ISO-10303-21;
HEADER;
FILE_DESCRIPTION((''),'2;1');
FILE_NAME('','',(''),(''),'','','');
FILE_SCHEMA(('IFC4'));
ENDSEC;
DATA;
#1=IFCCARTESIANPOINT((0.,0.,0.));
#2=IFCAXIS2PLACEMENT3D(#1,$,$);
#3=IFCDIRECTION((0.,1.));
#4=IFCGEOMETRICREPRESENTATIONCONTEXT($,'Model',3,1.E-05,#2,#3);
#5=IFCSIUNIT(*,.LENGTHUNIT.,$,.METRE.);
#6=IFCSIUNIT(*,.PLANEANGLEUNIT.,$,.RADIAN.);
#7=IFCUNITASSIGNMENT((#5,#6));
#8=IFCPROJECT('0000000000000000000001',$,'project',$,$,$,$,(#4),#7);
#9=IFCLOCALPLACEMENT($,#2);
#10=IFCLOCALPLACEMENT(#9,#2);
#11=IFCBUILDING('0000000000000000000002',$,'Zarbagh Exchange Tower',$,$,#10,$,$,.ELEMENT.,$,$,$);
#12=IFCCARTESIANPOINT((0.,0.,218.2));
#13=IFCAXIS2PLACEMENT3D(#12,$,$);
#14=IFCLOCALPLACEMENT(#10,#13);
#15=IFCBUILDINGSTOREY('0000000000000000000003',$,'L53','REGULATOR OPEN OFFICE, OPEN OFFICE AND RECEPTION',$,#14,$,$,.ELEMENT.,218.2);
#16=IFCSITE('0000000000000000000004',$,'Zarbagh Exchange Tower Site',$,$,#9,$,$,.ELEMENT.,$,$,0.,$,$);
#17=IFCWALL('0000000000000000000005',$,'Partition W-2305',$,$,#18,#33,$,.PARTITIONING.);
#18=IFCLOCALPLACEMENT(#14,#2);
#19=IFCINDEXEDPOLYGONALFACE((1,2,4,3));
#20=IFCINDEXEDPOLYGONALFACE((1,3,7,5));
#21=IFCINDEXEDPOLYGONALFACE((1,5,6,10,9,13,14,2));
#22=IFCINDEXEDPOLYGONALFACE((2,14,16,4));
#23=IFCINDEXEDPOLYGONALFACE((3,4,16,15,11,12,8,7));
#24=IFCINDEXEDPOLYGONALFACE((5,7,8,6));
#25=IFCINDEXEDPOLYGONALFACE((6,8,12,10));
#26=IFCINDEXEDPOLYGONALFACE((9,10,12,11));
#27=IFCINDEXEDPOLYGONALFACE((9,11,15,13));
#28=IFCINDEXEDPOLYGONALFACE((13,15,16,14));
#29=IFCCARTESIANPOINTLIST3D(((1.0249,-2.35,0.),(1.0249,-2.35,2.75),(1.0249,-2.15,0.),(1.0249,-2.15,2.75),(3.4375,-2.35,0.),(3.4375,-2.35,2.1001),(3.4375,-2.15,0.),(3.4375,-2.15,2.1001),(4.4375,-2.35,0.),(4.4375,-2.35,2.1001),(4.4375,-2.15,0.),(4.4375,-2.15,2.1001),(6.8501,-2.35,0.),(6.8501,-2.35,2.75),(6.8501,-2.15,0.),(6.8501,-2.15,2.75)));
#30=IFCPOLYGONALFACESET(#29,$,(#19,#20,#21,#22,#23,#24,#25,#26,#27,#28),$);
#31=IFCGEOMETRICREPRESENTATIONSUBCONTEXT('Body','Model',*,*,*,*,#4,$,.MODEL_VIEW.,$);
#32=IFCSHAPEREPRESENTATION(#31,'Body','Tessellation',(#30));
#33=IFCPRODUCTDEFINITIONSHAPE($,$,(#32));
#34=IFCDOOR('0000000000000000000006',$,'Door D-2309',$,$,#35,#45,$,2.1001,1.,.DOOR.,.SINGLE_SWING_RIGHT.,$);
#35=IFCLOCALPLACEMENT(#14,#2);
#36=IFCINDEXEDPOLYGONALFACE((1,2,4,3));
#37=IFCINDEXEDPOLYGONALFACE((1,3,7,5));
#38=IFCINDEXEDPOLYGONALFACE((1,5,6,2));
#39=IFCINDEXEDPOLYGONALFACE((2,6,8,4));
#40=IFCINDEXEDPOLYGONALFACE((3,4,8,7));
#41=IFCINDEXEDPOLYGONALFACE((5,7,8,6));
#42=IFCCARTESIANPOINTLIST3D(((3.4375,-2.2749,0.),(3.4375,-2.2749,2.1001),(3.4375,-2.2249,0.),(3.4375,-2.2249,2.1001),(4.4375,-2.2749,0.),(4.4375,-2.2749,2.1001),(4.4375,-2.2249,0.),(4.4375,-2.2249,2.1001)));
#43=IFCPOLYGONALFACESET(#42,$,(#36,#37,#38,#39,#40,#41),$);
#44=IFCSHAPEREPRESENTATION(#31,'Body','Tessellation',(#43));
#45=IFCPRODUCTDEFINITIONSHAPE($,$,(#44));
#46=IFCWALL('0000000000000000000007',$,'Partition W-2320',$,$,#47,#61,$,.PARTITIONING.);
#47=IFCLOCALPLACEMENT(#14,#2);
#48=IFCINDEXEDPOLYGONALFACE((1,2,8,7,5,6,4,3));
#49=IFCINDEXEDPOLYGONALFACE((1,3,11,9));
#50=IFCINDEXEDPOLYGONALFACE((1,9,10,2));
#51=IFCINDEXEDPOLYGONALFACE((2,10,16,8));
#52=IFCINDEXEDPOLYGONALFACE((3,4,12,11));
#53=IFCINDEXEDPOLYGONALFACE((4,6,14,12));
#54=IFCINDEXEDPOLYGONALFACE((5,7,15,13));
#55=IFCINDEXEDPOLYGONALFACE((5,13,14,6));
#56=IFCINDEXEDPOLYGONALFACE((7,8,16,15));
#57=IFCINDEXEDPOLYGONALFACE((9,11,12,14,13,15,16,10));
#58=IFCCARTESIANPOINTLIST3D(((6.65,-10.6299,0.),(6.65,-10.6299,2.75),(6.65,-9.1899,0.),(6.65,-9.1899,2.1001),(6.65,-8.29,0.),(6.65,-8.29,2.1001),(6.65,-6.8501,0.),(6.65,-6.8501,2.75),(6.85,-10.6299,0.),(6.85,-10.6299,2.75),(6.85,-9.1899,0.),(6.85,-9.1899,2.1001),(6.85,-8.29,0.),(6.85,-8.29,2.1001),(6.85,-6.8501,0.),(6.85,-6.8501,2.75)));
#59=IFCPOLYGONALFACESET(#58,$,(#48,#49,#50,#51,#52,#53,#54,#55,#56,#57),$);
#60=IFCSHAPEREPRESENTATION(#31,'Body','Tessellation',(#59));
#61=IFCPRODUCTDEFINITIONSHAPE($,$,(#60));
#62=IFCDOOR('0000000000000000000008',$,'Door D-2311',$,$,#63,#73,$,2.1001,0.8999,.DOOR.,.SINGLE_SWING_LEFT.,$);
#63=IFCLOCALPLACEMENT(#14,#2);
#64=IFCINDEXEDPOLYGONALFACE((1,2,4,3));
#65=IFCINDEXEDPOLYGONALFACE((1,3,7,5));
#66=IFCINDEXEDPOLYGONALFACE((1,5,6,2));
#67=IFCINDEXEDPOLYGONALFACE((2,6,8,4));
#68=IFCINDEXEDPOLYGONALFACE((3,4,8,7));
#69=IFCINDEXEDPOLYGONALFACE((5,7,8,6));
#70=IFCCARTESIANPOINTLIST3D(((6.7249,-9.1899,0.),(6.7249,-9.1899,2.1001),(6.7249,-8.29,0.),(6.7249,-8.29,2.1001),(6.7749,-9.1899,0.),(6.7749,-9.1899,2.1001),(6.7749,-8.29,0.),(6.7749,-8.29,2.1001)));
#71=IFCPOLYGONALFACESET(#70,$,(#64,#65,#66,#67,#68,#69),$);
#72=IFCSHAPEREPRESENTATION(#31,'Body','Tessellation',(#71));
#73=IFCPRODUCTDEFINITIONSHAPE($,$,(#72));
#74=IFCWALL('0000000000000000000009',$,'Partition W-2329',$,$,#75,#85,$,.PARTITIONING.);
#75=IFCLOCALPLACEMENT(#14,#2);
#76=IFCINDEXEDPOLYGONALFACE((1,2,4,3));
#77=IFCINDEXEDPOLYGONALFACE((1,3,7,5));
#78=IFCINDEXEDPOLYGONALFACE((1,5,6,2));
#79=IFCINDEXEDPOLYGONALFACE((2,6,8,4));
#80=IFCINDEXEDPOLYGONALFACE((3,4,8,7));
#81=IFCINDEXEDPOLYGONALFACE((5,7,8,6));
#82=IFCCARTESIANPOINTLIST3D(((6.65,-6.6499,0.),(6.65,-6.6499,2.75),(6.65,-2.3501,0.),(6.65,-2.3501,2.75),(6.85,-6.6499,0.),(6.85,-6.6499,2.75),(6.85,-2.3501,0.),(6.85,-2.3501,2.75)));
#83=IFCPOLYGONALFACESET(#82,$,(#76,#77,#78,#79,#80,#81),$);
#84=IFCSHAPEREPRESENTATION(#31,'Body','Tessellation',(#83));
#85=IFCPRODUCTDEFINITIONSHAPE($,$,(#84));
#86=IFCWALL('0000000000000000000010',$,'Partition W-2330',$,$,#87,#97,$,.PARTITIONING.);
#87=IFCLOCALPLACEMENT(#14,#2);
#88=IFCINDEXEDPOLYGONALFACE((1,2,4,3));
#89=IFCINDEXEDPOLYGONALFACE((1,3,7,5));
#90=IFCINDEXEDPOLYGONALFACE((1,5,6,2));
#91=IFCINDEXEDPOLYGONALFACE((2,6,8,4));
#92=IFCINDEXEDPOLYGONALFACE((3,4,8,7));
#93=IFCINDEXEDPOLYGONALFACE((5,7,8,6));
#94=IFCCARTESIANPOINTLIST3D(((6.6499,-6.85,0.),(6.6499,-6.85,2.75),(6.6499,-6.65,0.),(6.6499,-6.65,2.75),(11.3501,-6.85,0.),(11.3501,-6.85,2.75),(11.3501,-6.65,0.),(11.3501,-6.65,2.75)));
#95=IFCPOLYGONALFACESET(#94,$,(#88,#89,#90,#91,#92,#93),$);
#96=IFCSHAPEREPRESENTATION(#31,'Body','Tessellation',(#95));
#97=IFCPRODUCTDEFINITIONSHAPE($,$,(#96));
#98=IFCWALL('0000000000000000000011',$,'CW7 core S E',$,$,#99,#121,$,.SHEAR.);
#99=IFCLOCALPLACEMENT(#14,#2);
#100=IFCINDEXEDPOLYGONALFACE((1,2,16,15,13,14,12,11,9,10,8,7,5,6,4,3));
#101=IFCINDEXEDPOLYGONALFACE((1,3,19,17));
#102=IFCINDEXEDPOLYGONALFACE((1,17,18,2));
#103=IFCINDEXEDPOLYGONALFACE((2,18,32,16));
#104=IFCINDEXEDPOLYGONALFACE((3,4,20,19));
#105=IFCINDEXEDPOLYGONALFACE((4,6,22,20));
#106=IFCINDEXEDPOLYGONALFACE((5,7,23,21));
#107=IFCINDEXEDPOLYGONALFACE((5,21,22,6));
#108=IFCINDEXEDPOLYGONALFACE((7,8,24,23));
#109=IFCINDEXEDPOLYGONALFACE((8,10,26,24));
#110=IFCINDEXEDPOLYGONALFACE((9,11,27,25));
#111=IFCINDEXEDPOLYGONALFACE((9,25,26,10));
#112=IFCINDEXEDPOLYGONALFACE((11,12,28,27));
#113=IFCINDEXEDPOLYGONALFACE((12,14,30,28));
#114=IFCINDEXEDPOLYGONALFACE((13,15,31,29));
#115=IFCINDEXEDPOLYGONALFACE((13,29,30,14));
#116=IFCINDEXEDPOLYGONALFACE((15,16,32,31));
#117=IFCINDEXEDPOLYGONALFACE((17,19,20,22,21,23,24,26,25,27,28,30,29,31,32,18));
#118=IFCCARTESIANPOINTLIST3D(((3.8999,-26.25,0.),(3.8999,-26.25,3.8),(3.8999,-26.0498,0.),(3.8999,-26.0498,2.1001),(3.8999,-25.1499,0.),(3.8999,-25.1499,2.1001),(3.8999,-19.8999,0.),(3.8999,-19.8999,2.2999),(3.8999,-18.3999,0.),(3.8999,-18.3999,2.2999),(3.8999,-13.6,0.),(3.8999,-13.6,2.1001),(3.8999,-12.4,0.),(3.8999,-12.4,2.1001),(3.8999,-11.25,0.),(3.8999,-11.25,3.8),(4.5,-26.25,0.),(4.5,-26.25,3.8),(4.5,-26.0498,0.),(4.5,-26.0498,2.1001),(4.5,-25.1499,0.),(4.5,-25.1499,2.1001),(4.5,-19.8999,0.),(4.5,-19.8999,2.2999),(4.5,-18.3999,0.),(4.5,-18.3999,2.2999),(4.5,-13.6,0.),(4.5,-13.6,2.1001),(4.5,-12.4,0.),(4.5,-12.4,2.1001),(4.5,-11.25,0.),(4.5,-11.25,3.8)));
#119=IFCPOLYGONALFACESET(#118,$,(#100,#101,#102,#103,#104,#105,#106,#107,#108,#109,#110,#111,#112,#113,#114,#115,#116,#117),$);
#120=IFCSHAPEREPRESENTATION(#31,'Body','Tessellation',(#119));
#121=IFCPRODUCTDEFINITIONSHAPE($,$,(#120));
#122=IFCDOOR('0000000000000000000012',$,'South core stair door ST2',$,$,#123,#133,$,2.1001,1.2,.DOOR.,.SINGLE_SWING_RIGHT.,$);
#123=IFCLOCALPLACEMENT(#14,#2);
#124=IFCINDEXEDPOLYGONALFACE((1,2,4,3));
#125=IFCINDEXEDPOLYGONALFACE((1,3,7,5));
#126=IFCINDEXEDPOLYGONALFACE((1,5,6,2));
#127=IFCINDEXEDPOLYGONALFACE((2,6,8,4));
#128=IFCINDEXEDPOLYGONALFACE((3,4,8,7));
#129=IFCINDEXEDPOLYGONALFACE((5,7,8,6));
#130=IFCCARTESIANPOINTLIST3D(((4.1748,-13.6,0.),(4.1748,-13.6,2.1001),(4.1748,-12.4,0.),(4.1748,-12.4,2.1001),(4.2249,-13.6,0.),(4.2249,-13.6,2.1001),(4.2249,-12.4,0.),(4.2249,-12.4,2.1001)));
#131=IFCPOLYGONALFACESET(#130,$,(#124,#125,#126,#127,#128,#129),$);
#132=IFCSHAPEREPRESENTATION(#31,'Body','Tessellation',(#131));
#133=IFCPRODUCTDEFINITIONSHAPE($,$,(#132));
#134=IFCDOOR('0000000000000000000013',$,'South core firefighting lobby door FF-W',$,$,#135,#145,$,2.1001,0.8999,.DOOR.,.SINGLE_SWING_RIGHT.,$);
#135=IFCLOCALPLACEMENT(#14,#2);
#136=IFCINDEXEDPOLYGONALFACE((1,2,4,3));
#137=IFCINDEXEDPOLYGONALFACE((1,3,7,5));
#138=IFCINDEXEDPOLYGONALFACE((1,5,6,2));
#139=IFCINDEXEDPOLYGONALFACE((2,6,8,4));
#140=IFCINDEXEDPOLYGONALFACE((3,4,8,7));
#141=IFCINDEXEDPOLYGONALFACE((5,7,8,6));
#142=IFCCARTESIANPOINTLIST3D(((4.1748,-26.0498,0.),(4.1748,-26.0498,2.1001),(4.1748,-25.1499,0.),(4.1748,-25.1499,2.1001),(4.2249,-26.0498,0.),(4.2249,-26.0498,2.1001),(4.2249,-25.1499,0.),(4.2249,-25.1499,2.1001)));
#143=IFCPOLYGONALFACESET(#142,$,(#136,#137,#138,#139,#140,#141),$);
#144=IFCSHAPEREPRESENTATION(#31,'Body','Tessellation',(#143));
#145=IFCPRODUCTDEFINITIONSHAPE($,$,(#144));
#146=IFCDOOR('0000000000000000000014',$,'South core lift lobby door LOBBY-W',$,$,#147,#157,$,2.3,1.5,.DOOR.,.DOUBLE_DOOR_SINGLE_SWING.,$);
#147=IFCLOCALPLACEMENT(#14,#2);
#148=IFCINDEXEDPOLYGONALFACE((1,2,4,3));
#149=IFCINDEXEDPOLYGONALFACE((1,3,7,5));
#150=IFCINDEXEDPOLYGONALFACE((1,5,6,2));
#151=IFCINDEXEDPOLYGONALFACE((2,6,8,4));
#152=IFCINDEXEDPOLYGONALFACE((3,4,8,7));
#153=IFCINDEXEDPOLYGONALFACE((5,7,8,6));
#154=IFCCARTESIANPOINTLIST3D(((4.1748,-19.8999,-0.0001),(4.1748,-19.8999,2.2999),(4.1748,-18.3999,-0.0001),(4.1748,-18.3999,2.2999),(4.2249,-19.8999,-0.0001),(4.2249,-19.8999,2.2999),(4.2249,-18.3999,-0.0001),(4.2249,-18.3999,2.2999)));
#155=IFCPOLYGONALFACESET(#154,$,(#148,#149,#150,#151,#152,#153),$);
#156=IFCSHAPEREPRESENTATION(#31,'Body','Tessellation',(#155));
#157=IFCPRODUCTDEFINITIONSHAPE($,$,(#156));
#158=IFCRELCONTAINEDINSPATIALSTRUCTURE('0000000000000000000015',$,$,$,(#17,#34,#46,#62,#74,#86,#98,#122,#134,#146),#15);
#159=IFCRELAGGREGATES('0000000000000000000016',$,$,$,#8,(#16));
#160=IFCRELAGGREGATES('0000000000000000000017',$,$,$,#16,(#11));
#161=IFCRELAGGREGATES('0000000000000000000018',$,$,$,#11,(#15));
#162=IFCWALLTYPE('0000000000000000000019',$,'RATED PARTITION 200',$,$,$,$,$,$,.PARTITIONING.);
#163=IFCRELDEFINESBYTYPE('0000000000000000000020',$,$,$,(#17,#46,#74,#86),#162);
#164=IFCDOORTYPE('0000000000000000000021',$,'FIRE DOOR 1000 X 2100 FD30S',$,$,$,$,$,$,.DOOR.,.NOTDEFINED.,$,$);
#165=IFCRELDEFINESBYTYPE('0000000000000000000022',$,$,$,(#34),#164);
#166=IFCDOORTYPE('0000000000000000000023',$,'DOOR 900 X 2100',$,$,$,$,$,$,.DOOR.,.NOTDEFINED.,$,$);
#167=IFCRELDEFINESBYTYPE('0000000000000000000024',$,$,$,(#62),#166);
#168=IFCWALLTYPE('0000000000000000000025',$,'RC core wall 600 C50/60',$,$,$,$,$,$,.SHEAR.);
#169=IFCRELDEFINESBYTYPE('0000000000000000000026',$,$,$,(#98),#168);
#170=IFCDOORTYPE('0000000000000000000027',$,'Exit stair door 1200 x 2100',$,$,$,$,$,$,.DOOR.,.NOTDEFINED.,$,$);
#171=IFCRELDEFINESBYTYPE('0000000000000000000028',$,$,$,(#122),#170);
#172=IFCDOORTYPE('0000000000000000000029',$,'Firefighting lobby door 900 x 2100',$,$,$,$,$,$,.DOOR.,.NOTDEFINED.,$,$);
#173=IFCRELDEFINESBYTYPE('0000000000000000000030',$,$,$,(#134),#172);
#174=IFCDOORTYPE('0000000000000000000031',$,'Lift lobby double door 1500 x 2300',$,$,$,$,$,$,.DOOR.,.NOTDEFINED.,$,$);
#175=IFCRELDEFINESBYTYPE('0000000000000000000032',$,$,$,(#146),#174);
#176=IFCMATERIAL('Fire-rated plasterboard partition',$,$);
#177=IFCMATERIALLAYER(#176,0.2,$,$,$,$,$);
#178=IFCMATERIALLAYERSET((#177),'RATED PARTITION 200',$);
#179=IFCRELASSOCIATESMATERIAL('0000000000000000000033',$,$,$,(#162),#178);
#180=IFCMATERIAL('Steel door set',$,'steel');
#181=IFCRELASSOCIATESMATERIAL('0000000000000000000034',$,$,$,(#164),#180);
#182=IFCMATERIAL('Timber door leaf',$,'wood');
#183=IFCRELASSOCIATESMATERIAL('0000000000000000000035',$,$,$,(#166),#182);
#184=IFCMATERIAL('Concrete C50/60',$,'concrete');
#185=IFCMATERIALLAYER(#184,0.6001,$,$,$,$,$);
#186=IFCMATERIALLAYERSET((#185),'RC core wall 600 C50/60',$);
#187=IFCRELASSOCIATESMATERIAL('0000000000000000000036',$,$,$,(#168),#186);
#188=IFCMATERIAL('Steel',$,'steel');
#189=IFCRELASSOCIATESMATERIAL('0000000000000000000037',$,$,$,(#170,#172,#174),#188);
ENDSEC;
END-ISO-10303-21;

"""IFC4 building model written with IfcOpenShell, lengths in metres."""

from ifc_helpers import new_model, si_unit, direction, frame, frame_2d, origin, place, context, subcontext, project, spatial, rectangle, extrude, material, layer, layer_set, type_object, element, fill, save


model = new_model("IFC4")

# Units and contexts
model_context = context("Model", 3, precision=1e-05, world=origin(), true_north=direction((0.0, 1.0)))
body_context = subcontext(model_context, "Body", "Model", "MODEL_VIEW")
ifc_project = project(units=[si_unit("LENGTHUNIT", "METRE"), si_unit("PLANEANGLEUNIT", "RADIAN")], contexts=[model_context])

# Site, building, storey
site_placement = place(None, origin())
site = spatial("IfcSite", under=ifc_project, at=site_placement, Name="Zarbagh Exchange Tower Site", CompositionType="ELEMENT", RefElevation=0.0)
building_placement = place(site_placement, origin())
building = spatial("IfcBuilding", under=site, at=building_placement, Name="Zarbagh Exchange Tower", CompositionType="ELEMENT")
storey_placement = place(building_placement, frame((0.0, 0.0, 218.2)))
storey = spatial("IfcBuildingStorey", under=building, at=storey_placement, Name="L53", Description="REGULATOR OPEN OFFICE, OPEN OFFICE AND RECEPTION", CompositionType="ELEMENT", Elevation=218.2)

# Shared definitions
ifc_material_1 = material(Name="Concrete C50/60", Category="concrete")

# Walls, openings, doors
ifc_material_2 = material(Name="Fire-rated plasterboard partition")
ifc_layer_1 = layer(ifc_material_2, 0.2)
ifc_layer_set_1 = layer_set([ifc_layer_1], Name="RATED PARTITION 200")
wall_type_1 = type_object("IfcWallType", Name="RATED PARTITION 200", PredefinedType="PARTITIONING", material=ifc_layer_set_1)
wall_1_placement = place(storey_placement, frame((6.8501, -2.25, 0.0), z_axis=(0.0, 0.0, 1.0), x_axis=(-1.0, 0.0, 0.0)))
wall_1 = element("IfcWall", 1, at=wall_1_placement, inside=storey, type_object=wall_type_1, Name="Partition W-2305", PredefinedType="PARTITIONING", context=body_context, shape_type="SweptSolid", body=[
    extrude(rectangle(XDim=5.8252, YDim=0.2, at=frame_2d((2.9126, 0.0))), origin(), (0.0, 0.0, 1.0), 2.75),
])
opening_1_placement = place(wall_1_placement, frame((2.4126, 0.0, 0.0)))
opening_1 = element("IfcOpeningElement", 2, at=opening_1_placement, cuts=wall_1, PredefinedType="OPENING", context=body_context, shape_type="SweptSolid", body=[
    extrude(rectangle(XDim=1.0, YDim=2.1001, at=frame_2d((0.5, 1.05))), frame((0.0, 0.1099, 0.0), z_axis=(0.0, -1.0, 0.0), x_axis=(1.0, 0.0, 0.0)), (0.0, 0.0, 1.0), 0.22),
])
ifc_material_3 = material(Name="Steel door set", Category="steel")
door_type_1 = type_object("IfcDoorType", Name="FIRE DOOR 1000 X 2100 FD30S", OperationType="NOTDEFINED", PredefinedType="DOOR", material=ifc_material_3)
door_1_placement = place(opening_1_placement, origin())
door_1 = element("IfcDoor", 3, at=door_1_placement, inside=storey, type_object=door_type_1, Name="Door D-2309", OperationType="SINGLE_SWING_RIGHT", OverallHeight=2.1001, OverallWidth=1.0, PredefinedType="DOOR", context=body_context, shape_type="SweptSolid", body=[
    extrude(rectangle(XDim=1.0, YDim=2.1001, at=frame_2d((0.5, 1.05))), frame((0.0, 0.0249, 0.0), z_axis=(0.0, -1.0, 0.0), x_axis=(1.0, 0.0, 0.0)), (0.0, 0.0, 1.0), 0.05),
])
fill(opening_1, door_1)
wall_2_placement = place(storey_placement, frame((6.75, -6.8501, 0.0), z_axis=(0.0, 0.0, 1.0), x_axis=(0.0, -1.0, 0.0)))
wall_2 = element("IfcWall", 4, at=wall_2_placement, inside=storey, type_object=wall_type_1, Name="Partition W-2320", PredefinedType="PARTITIONING", context=body_context, shape_type="SweptSolid", body=[
    extrude(rectangle(XDim=3.7798, YDim=0.2, at=frame_2d((1.8899, 0.0))), origin(), (0.0, 0.0, 1.0), 2.75),
])
opening_2_placement = place(wall_2_placement, frame((1.4399, 0.0, 0.0)))
opening_2 = element("IfcOpeningElement", 5, at=opening_2_placement, cuts=wall_2, PredefinedType="OPENING", context=body_context, shape_type="SweptSolid", body=[
    extrude(rectangle(XDim=0.8999, YDim=2.1001, at=frame_2d((0.45, 1.05))), frame((0.0, 0.1099, 0.0), z_axis=(0.0, -1.0, 0.0), x_axis=(1.0, 0.0, 0.0)), (0.0, 0.0, 1.0), 0.22),
])
ifc_material_4 = material(Name="Timber door leaf", Category="wood")
door_type_2 = type_object("IfcDoorType", Name="DOOR 900 X 2100", OperationType="NOTDEFINED", PredefinedType="DOOR", material=ifc_material_4)
door_2_placement = place(opening_2_placement, origin())
door_2 = element("IfcDoor", 6, at=door_2_placement, inside=storey, type_object=door_type_2, Name="Door D-2311", OperationType="SINGLE_SWING_LEFT", OverallHeight=2.1001, OverallWidth=0.8999, PredefinedType="DOOR", context=body_context, shape_type="SweptSolid", body=[
    extrude(rectangle(XDim=0.8999, YDim=2.1001, at=frame_2d((0.45, 1.05))), frame((0.0, 0.0249, 0.0), z_axis=(0.0, -1.0, 0.0), x_axis=(1.0, 0.0, 0.0)), (0.0, 0.0, 1.0), 0.05),
])
fill(opening_2, door_2)

# Walls
wall_3_placement = place(storey_placement, frame((6.75, -6.6499, 0.0), z_axis=(0.0, 0.0, 1.0), x_axis=(0.0, 1.0, 0.0)))
element("IfcWall", 7, at=wall_3_placement, inside=storey, type_object=wall_type_1, Name="Partition W-2329", PredefinedType="PARTITIONING", context=body_context, shape_type="SweptSolid", body=[
    extrude(rectangle(XDim=4.2998, YDim=0.2, at=frame_2d((2.1499, 0.0))), origin(), (0.0, 0.0, 1.0), 2.75),
])
wall_4_placement = place(storey_placement, frame((6.6499, -6.75, 0.0), z_axis=(0.0, 0.0, 1.0), x_axis=(1.0, 0.0, 0.0)))
element("IfcWall", 8, at=wall_4_placement, inside=storey, type_object=wall_type_1, Name="Partition W-2330", PredefinedType="PARTITIONING", context=body_context, shape_type="SweptSolid", body=[
    extrude(rectangle(XDim=4.7002, YDim=0.2, at=frame_2d((2.3501, 0.0))), origin(), (0.0, 0.0, 1.0), 2.75),
])

# Wall, openings, doors
ifc_layer_2 = layer(ifc_material_1, 0.6001)
ifc_layer_set_2 = layer_set([ifc_layer_2], Name="RC core wall 600 C50/60")
wall_type_2 = type_object("IfcWallType", Name="RC core wall 600 C50/60", PredefinedType="SHEAR", material=ifc_layer_set_2)
wall_5_placement = place(storey_placement, frame((4.2, -11.25, 0.0), z_axis=(0.0, 0.0, 1.0), x_axis=(0.0, -1.0, 0.0)))
wall_5 = element("IfcWall", 9, at=wall_5_placement, inside=storey, type_object=wall_type_2, Name="CW7 core S E", PredefinedType="SHEAR", context=body_context, shape_type="SweptSolid", body=[
    extrude(rectangle(XDim=15.0, YDim=0.6001, at=frame_2d((7.5, 0.0))), origin(), (0.0, 0.0, 1.0), 3.8),
])
opening_3_placement = place(wall_5_placement, frame((7.1499, 0.0, 0.0)))
opening_3 = element("IfcOpeningElement", 10, at=opening_3_placement, cuts=wall_5, PredefinedType="OPENING", context=body_context, shape_type="SweptSolid", body=[
    extrude(rectangle(XDim=1.5, YDim=2.3, at=frame_2d((0.75, 1.1499))), frame((0.0, 0.3101, 0.0), z_axis=(0.0, -1.0, 0.0), x_axis=(1.0, 0.0, 0.0)), (0.0, 0.0, 1.0), 0.6201),
])
opening_4_placement = place(wall_5_placement, frame((13.8999, 0.0, 0.0)))
opening_4 = element("IfcOpeningElement", 11, at=opening_4_placement, cuts=wall_5, PredefinedType="OPENING", context=body_context, shape_type="SweptSolid", body=[
    extrude(rectangle(XDim=0.8999, YDim=2.1001, at=frame_2d((0.45, 1.05))), frame((0.0, 0.3101, 0.0), z_axis=(0.0, -1.0, 0.0), x_axis=(1.0, 0.0, 0.0)), (0.0, 0.0, 1.0), 0.6201),
])
opening_5_placement = place(wall_5_placement, frame((1.1499, 0.0, 0.0)))
opening_5 = element("IfcOpeningElement", 12, at=opening_5_placement, cuts=wall_5, PredefinedType="OPENING", context=body_context, shape_type="SweptSolid", body=[
    extrude(rectangle(XDim=1.2, YDim=2.1001, at=frame_2d((0.6001, 1.05))), frame((0.0, 0.3101, 0.0), z_axis=(0.0, -1.0, 0.0), x_axis=(1.0, 0.0, 0.0)), (0.0, 0.0, 1.0), 0.6201),
])
ifc_material_5 = material(Name="Steel", Category="steel")
door_type_3 = type_object("IfcDoorType", Name="Exit stair door 1200 x 2100", OperationType="NOTDEFINED", PredefinedType="DOOR", material=ifc_material_5)
door_3_placement = place(opening_5_placement, origin())
door_3 = element("IfcDoor", 13, at=door_3_placement, inside=storey, type_object=door_type_3, Name="South core stair door ST2", OperationType="SINGLE_SWING_RIGHT", OverallHeight=2.1001, OverallWidth=1.2, PredefinedType="DOOR", context=body_context, shape_type="SweptSolid", body=[
    extrude(rectangle(XDim=1.2, YDim=2.1001, at=frame_2d((0.6001, 1.05))), frame((0.0, 0.0249, 0.0), z_axis=(0.0, -1.0, 0.0), x_axis=(1.0, 0.0, 0.0)), (0.0, 0.0, 1.0), 0.05),
])
fill(opening_5, door_3)
door_type_4 = type_object("IfcDoorType", Name="Firefighting lobby door 900 x 2100", OperationType="NOTDEFINED", PredefinedType="DOOR", material=ifc_material_5)
door_4_placement = place(opening_4_placement, origin())
door_4 = element("IfcDoor", 14, at=door_4_placement, inside=storey, type_object=door_type_4, Name="South core firefighting lobby door FF-W", OperationType="SINGLE_SWING_RIGHT", OverallHeight=2.1001, OverallWidth=0.8999, PredefinedType="DOOR", context=body_context, shape_type="SweptSolid", body=[
    extrude(rectangle(XDim=0.8999, YDim=2.1001, at=frame_2d((0.45, 1.05))), frame((0.0, 0.0249, 0.0), z_axis=(0.0, -1.0, 0.0), x_axis=(1.0, 0.0, 0.0)), (0.0, 0.0, 1.0), 0.05),
])
fill(opening_4, door_4)
door_type_5 = type_object("IfcDoorType", Name="Lift lobby double door 1500 x 2300", OperationType="NOTDEFINED", PredefinedType="DOOR", material=ifc_material_5)
door_5_placement = place(opening_3_placement, origin())
door_5 = element("IfcDoor", 15, at=door_5_placement, inside=storey, type_object=door_type_5, Name="South core lift lobby door LOBBY-W", OperationType="DOUBLE_DOOR_SINGLE_SWING", OverallHeight=2.3, OverallWidth=1.5, PredefinedType="DOOR", context=body_context, shape_type="SweptSolid", body=[
    extrude(rectangle(XDim=1.5, YDim=2.3, at=frame_2d((0.75, 1.1499))), frame((0.0, 0.0249, 0.0), z_axis=(0.0, -1.0, 0.0), x_axis=(1.0, 0.0, 0.0)), (0.0, 0.0, 1.0), 0.05),
])
fill(opening_3, door_5)

save(model, "model.ifc")
